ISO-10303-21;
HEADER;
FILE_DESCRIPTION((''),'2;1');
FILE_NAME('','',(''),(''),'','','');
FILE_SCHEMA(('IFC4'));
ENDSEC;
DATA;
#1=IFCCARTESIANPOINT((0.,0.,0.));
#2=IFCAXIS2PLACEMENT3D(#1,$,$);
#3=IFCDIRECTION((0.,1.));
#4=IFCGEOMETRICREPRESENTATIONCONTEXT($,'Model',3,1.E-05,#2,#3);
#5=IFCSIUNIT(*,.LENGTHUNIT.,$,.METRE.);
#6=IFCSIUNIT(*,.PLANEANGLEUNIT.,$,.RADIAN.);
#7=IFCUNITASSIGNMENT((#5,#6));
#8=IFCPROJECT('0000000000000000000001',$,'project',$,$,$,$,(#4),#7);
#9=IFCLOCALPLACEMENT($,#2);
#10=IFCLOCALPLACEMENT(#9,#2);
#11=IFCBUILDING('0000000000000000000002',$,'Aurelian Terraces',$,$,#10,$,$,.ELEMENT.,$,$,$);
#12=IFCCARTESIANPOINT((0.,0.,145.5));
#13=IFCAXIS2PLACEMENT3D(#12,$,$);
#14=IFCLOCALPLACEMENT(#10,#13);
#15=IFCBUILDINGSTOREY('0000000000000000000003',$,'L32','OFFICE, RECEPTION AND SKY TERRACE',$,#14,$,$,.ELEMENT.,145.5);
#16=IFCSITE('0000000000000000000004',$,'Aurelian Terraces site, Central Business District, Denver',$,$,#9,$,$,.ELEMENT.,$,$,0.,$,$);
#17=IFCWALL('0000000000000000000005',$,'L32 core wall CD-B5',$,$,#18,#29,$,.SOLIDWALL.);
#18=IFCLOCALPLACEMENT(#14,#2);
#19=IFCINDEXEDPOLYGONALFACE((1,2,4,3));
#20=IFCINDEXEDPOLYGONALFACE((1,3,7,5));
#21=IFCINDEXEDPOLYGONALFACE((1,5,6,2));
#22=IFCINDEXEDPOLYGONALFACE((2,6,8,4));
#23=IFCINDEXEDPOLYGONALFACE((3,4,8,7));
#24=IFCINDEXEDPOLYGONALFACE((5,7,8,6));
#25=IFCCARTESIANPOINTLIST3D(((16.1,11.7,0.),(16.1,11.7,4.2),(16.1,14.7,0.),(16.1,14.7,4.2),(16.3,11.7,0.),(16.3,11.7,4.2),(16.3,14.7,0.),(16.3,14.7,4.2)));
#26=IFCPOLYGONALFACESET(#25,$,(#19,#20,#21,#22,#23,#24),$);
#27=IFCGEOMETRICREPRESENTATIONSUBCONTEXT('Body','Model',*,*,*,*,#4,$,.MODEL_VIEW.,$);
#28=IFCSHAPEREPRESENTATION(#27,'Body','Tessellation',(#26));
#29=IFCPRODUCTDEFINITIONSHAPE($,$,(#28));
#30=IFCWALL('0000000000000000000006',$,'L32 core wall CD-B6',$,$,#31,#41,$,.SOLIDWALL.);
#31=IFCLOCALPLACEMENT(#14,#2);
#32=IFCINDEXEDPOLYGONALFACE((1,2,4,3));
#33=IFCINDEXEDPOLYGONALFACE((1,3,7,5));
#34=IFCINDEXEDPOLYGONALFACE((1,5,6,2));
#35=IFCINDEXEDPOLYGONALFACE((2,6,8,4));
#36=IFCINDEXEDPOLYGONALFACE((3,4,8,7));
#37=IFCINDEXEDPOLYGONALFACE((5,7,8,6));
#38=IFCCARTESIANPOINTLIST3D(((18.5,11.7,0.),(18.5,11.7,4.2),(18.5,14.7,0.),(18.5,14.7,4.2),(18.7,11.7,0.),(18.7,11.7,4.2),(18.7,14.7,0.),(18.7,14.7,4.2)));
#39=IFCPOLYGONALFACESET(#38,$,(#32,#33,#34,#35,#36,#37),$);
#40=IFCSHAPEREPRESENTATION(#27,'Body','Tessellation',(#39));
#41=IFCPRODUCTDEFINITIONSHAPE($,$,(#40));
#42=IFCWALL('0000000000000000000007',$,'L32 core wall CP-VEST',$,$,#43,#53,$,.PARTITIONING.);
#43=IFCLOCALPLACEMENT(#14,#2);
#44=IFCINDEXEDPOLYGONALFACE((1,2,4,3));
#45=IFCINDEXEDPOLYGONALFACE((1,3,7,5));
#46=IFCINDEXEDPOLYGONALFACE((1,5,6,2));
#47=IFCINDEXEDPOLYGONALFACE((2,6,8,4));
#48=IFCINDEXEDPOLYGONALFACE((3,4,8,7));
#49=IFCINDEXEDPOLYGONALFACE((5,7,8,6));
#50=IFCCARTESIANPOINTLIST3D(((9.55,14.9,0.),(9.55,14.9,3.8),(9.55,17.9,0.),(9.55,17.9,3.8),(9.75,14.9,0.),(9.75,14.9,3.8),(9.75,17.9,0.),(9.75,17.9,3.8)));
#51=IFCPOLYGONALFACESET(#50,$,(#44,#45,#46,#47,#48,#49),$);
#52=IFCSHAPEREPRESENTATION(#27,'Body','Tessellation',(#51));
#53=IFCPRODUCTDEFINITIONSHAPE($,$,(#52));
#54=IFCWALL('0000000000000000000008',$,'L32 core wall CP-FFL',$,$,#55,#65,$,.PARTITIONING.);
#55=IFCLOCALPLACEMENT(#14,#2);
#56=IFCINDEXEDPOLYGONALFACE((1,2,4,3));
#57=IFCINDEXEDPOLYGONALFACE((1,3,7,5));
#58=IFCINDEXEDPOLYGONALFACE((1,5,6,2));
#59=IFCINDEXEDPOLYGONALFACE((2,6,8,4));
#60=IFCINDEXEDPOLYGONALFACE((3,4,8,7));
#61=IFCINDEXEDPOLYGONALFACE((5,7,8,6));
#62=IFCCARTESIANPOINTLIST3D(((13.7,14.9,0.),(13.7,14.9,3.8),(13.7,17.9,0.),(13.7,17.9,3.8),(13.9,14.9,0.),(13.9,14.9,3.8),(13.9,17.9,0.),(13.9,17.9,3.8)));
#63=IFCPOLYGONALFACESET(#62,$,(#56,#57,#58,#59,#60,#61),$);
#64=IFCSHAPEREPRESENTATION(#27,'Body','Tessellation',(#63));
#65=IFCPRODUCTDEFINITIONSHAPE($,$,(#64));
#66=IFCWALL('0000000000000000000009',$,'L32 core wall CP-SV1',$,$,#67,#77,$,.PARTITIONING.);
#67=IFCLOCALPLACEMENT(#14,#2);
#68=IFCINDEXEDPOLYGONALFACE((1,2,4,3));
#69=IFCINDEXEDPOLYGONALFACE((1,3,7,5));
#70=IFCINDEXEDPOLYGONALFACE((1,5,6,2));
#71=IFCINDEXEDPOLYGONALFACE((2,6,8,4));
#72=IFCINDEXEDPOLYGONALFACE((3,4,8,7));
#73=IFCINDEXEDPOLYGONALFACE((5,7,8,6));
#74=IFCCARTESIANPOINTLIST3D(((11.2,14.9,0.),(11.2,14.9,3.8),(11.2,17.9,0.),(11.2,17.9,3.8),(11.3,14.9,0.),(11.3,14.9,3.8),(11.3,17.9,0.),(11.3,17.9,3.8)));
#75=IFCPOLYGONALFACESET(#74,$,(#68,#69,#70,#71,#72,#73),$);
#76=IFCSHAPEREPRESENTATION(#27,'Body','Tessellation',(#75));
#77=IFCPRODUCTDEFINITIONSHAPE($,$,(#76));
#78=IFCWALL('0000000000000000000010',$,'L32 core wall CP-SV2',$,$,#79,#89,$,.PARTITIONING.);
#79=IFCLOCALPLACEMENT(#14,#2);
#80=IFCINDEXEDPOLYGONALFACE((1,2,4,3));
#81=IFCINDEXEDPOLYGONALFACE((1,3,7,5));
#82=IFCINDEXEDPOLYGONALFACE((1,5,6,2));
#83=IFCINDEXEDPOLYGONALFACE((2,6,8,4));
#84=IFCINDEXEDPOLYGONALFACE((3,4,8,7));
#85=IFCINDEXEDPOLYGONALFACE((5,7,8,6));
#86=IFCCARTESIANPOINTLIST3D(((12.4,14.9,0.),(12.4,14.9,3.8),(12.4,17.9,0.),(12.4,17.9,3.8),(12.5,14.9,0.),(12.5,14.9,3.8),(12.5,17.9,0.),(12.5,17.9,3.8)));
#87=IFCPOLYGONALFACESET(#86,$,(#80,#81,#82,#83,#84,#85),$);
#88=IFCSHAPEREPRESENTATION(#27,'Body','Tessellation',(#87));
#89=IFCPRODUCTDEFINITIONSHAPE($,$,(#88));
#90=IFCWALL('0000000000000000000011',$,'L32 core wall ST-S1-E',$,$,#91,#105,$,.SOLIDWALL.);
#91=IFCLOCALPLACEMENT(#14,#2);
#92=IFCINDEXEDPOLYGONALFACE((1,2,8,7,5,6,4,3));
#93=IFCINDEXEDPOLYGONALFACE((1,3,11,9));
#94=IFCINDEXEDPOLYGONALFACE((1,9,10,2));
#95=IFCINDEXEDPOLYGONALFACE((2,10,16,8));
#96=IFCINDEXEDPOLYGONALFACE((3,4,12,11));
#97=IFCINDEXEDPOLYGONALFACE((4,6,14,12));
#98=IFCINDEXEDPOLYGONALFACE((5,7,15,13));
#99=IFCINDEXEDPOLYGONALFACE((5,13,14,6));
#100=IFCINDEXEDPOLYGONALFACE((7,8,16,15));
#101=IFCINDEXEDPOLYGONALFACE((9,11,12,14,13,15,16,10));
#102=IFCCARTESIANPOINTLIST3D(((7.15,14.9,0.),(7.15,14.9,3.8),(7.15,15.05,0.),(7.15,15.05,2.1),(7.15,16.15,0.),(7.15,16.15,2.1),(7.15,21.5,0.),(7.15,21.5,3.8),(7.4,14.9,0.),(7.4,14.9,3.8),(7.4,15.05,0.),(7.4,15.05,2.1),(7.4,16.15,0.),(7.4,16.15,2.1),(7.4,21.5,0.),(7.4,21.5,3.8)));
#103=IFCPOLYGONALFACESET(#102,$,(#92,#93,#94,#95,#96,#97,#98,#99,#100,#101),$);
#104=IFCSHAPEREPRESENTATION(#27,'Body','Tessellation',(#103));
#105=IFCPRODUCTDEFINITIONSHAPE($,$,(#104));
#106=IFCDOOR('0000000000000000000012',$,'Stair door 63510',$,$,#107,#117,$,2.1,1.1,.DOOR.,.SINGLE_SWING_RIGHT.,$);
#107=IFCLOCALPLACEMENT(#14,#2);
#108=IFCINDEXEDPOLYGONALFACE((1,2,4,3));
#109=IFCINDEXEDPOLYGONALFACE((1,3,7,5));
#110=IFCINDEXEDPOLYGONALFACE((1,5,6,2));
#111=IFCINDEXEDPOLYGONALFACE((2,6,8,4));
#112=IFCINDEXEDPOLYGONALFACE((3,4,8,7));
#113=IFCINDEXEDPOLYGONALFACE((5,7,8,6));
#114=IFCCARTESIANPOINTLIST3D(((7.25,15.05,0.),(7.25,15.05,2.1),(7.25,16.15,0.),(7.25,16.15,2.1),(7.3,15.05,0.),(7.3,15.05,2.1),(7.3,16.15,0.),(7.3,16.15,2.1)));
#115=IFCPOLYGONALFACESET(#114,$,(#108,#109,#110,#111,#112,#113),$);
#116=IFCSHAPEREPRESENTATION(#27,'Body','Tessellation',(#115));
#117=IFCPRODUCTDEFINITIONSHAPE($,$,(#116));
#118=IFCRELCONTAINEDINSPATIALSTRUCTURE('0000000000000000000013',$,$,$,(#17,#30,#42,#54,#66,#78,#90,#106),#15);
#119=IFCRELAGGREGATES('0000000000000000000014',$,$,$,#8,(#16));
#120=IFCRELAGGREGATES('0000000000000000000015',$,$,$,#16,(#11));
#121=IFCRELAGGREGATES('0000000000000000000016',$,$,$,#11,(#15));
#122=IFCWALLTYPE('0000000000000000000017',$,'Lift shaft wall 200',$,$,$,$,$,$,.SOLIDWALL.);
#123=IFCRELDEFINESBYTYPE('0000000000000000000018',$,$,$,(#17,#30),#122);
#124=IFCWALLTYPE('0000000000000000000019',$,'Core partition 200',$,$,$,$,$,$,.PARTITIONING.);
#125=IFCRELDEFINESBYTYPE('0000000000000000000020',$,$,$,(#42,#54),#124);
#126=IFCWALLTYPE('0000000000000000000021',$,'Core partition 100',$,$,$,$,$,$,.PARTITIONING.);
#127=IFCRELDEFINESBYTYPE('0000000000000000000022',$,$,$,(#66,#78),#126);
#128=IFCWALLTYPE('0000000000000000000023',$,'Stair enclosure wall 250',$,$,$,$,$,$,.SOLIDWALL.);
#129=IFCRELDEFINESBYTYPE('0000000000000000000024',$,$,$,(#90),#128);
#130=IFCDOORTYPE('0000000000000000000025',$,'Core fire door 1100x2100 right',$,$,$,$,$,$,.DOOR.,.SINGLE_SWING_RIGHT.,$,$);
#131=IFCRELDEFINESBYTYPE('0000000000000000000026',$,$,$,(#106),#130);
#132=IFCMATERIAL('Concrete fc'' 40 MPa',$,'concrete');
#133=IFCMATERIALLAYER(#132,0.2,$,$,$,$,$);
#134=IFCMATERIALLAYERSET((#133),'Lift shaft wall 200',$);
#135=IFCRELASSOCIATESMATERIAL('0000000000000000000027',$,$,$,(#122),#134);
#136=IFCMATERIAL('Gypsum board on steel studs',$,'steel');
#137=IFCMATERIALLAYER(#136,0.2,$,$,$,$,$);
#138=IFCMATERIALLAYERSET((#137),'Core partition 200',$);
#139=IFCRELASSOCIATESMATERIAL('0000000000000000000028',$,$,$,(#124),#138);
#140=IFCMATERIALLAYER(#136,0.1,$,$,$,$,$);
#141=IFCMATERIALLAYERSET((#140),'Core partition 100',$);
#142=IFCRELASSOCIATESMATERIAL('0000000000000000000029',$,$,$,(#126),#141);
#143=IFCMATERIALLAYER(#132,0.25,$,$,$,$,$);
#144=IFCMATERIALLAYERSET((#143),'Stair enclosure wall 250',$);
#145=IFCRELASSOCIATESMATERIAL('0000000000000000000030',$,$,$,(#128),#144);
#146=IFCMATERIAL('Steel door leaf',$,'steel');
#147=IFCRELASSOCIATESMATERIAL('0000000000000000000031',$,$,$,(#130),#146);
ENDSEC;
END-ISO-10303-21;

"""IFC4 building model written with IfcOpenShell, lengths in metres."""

from ifc_helpers import new_model, si_unit, direction, frame, frame_2d, origin, place, context, subcontext, project, spatial, rectangle, extrude, source, transform, mapped, material, layer, layer_set, type_object, element, fill, save


model = new_model("IFC4")

# Units and contexts
model_context = context("Model", 3, precision=1e-05, world=origin(), true_north=direction((0.0, 1.0)))
body_context = subcontext(model_context, "Body", "Model", "MODEL_VIEW")
ifc_project = project(units=[si_unit("LENGTHUNIT", "METRE"), si_unit("PLANEANGLEUNIT", "RADIAN")], contexts=[model_context])

# Site, building, storey
site_placement = place(None, origin())
site = spatial("IfcSite", under=ifc_project, at=site_placement, Name="Aurelian Terraces site, Central Business District, Denver", CompositionType="ELEMENT", RefElevation=0.0)
building_placement = place(site_placement, origin())
building = spatial("IfcBuilding", under=site, at=building_placement, Name="Aurelian Terraces", CompositionType="ELEMENT")
storey_placement = place(building_placement, frame((0.0, 0.0, 145.5)))
storey = spatial("IfcBuildingStorey", under=building, at=storey_placement, Name="L32", Description="OFFICE, RECEPTION AND SKY TERRACE", CompositionType="ELEMENT", Elevation=145.5)

# Shared definitions
ifc_material_1 = material(Name="Steel door leaf", Category="steel")

# Walls
ifc_material_2 = material(Name="Concrete fc' 40 MPa", Category="concrete")
ifc_layer_1 = layer(ifc_material_2, 0.2)
ifc_layer_set_1 = layer_set([ifc_layer_1], Name="Lift shaft wall 200")
wall_type_1 = type_object("IfcWallType", Name="Lift shaft wall 200", PredefinedType="SOLIDWALL", material=ifc_layer_set_1)
shared_shape_1 = source(origin(), body_context, "Body", "SweptSolid", [
    extrude(rectangle(XDim=3.0, YDim=0.2, at=frame_2d((1.5, 0.0))), origin(), (0.0, 0.0, 1.0), 4.2),
])
for number, where, z_axis, x_axis, name in (
    (1, (16.2, 11.7, 0.0), (0.0, 0.0, 1.0), (0.0, 1.0, 0.0), "L32 core wall CD-B5"),
    (2, (18.6, 11.7, 0.0), (0.0, 0.0, 1.0), (0.0, 1.0, 0.0), "L32 core wall CD-B6"),
):
    element("IfcWall", number, at=place(storey_placement, frame(where, z_axis=z_axis, x_axis=x_axis)), inside=storey, type_object=wall_type_1, Name=name, PredefinedType="SOLIDWALL", context=body_context, shape_type="MappedRepresentation", body=[
        mapped(shared_shape_1, transform((0.0, 0.0, 0.0), scale=1.0)),
    ])
ifc_material_3 = material(Name="Gypsum board on steel studs", Category="steel")
ifc_layer_2 = layer(ifc_material_3, 0.2)
ifc_layer_set_2 = layer_set([ifc_layer_2], Name="Core partition 200")
wall_type_2 = type_object("IfcWallType", Name="Core partition 200", PredefinedType="PARTITIONING", material=ifc_layer_set_2)
shared_shape_2 = source(origin(), body_context, "Body", "SweptSolid", [
    extrude(rectangle(XDim=3.0, YDim=0.2, at=frame_2d((1.5, 0.0))), origin(), (0.0, 0.0, 1.0), 3.8),
])
for number, where, z_axis, x_axis, name in (
    (3, (9.65, 14.9, 0.0), (0.0, 0.0, 1.0), (0.0, 1.0, 0.0), "L32 core wall CP-VEST"),
    (4, (13.8, 14.9, 0.0), (0.0, 0.0, 1.0), (0.0, 1.0, 0.0), "L32 core wall CP-FFL"),
):
    element("IfcWall", number, at=place(storey_placement, frame(where, z_axis=z_axis, x_axis=x_axis)), inside=storey, type_object=wall_type_2, Name=name, PredefinedType="PARTITIONING", context=body_context, shape_type="MappedRepresentation", body=[
        mapped(shared_shape_2, transform((0.0, 0.0, 0.0), scale=1.0)),
    ])
ifc_layer_3 = layer(ifc_material_3, 0.1)
ifc_layer_set_3 = layer_set([ifc_layer_3], Name="Core partition 100")
wall_type_3 = type_object("IfcWallType", Name="Core partition 100", PredefinedType="PARTITIONING", material=ifc_layer_set_3)
shared_shape_3 = source(origin(), body_context, "Body", "SweptSolid", [
    extrude(rectangle(XDim=3.0, YDim=0.1, at=frame_2d((1.5, 0.0))), origin(), (0.0, 0.0, 1.0), 3.8),
])
for number, where, z_axis, x_axis, name in (
    (5, (11.25, 14.9, 0.0), (0.0, 0.0, 1.0), (0.0, 1.0, 0.0), "L32 core wall CP-SV1"),
    (6, (12.45, 14.9, 0.0), (0.0, 0.0, 1.0), (0.0, 1.0, 0.0), "L32 core wall CP-SV2"),
):
    element("IfcWall", number, at=place(storey_placement, frame(where, z_axis=z_axis, x_axis=x_axis)), inside=storey, type_object=wall_type_3, Name=name, PredefinedType="PARTITIONING", context=body_context, shape_type="MappedRepresentation", body=[
        mapped(shared_shape_3, transform((0.0, 0.0, 0.0), scale=1.0)),
    ])

# Wall, opening, door
ifc_layer_4 = layer(ifc_material_2, 0.25)
ifc_layer_set_4 = layer_set([ifc_layer_4], Name="Stair enclosure wall 250")
wall_type_4 = type_object("IfcWallType", Name="Stair enclosure wall 250", PredefinedType="SOLIDWALL", material=ifc_layer_set_4)
shared_shape_4 = source(origin(), body_context, "Body", "SweptSolid", [
    extrude(rectangle(XDim=6.6, YDim=0.25, at=frame_2d((3.3, 0.0))), origin(), (0.0, 0.0, 1.0), 3.8),
])
wall_1_placement = place(storey_placement, frame((7.275, 14.9, 0.0), z_axis=(0.0, 0.0, 1.0), x_axis=(0.0, 1.0, 0.0)))
wall_1 = element("IfcWall", 7, at=wall_1_placement, inside=storey, type_object=wall_type_4, Name="L32 core wall ST-S1-E", PredefinedType="SOLIDWALL", context=body_context, shape_type="MappedRepresentation", body=[
    mapped(shared_shape_4, transform((0.0, 0.0, 0.0), scale=1.0)),
])
shared_shape_5 = source(origin(), body_context, "Body", "SweptSolid", [
    extrude(rectangle(XDim=1.1, YDim=2.1, at=frame_2d((0.55, 1.05))), frame((0.0, 0.135, 0.0), z_axis=(0.0, -1.0, 0.0), x_axis=(1.0, 0.0, 0.0)), (0.0, 0.0, 1.0), 0.27),
])
opening_1_placement = place(wall_1_placement, frame((0.15, 0.0, 0.0)))
opening_1 = element("IfcOpeningElement", 8, at=opening_1_placement, cuts=wall_1, PredefinedType="OPENING", context=body_context, shape_type="MappedRepresentation", body=[
    mapped(shared_shape_5, transform((0.0, 0.0, 0.0), scale=1.0)),
])
door_type_1 = type_object("IfcDoorType", Name="Core fire door 1100x2100 right", OperationType="SINGLE_SWING_RIGHT", PredefinedType="DOOR", material=ifc_material_1)
shared_shape_6 = source(origin(), body_context, "Body", "SweptSolid", [
    extrude(rectangle(XDim=1.1, YDim=2.1, at=frame_2d((0.55, 1.05))), frame((0.0, 0.025, 0.0), z_axis=(0.0, -1.0, 0.0), x_axis=(1.0, 0.0, 0.0)), (0.0, 0.0, 1.0), 0.05),
])
door_1_placement = place(opening_1_placement, origin())
door_1 = element("IfcDoor", 9, at=door_1_placement, inside=storey, type_object=door_type_1, Name="Stair door 63510", OperationType="SINGLE_SWING_RIGHT", OverallHeight=2.1, OverallWidth=1.1, PredefinedType="DOOR", context=body_context, shape_type="MappedRepresentation", body=[
    mapped(shared_shape_6, transform((0.0, 0.0, 0.0), scale=1.0)),
])
fill(opening_1, door_1)

save(model, "model.ifc")
